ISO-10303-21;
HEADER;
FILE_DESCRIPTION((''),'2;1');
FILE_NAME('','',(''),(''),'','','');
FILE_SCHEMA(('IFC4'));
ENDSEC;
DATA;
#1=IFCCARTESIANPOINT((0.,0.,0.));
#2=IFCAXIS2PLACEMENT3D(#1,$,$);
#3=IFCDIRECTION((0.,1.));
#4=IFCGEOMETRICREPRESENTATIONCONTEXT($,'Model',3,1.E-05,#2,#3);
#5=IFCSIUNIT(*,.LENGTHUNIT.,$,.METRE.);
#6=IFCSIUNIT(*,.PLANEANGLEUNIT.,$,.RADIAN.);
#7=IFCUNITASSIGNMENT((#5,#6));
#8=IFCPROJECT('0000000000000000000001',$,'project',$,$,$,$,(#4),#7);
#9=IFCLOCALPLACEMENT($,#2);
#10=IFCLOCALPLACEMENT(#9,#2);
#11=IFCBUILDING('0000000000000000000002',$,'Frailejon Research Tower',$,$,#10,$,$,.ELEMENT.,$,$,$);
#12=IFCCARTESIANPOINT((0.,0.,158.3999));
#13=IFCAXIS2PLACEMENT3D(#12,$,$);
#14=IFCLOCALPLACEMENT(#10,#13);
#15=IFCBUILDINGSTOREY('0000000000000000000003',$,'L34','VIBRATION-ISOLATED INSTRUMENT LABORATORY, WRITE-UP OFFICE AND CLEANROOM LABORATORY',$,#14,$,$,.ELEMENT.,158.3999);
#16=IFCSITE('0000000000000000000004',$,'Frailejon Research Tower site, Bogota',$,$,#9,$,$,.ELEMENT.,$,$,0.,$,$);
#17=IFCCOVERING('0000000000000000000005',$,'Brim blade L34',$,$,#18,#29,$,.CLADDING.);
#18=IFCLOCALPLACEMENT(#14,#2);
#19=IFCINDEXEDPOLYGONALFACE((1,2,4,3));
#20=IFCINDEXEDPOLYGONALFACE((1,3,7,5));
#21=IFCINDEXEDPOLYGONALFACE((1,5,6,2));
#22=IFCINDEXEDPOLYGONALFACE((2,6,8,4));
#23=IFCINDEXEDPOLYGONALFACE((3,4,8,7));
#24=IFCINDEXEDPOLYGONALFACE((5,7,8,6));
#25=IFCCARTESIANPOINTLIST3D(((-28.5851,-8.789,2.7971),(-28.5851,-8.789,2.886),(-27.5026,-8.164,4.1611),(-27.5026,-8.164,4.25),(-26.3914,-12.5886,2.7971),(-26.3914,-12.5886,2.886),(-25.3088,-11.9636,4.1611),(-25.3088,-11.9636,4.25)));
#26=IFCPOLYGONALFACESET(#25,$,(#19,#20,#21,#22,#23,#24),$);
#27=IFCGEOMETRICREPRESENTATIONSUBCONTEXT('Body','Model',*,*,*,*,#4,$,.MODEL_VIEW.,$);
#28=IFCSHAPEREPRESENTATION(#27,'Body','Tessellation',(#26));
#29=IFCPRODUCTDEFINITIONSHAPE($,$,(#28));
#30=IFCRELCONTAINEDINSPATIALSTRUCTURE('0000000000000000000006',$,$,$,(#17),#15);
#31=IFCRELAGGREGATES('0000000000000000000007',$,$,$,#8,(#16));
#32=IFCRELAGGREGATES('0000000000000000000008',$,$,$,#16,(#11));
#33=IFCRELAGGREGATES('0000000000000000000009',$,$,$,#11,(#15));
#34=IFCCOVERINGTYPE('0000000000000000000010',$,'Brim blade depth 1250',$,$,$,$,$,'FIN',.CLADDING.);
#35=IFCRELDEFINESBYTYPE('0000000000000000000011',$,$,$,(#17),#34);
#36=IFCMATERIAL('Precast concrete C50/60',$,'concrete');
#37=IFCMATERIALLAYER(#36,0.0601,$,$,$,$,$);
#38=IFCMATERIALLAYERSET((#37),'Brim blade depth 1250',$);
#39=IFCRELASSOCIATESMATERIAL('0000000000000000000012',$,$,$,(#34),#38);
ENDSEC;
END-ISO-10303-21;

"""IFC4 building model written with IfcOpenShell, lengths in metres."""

from ifc_helpers import new_model, si_unit, direction, frame, origin, place, context, subcontext, project, spatial, polyline, outline, extrude, material, layer, layer_set, type_object, element, save


model = new_model("IFC4")

# Units and contexts
model_context = context("Model", 3, precision=1e-05, world=origin(), true_north=direction((0.0, 1.0)))
body_context = subcontext(model_context, "Body", "Model", "MODEL_VIEW")
ifc_project = project(units=[si_unit("LENGTHUNIT", "METRE"), si_unit("PLANEANGLEUNIT", "RADIAN")], contexts=[model_context])

# Site, building, storey
site_placement = place(None, origin())
site = spatial("IfcSite", under=ifc_project, at=site_placement, Name="Frailejon Research Tower site, Bogota", CompositionType="ELEMENT", RefElevation=0.0)
building_placement = place(site_placement, origin())
building = spatial("IfcBuilding", under=site, at=building_placement, Name="Frailejon Research Tower", CompositionType="ELEMENT")
storey_placement = place(building_placement, frame((0.0, 0.0, 158.3999)))
storey = spatial("IfcBuildingStorey", under=building, at=storey_placement, Name="L34", Description="VIBRATION-ISOLATED INSTRUMENT LABORATORY, WRITE-UP OFFICE AND CLEANROOM LABORATORY", CompositionType="ELEMENT", Elevation=158.3999)

# Covering
ifc_material_1 = material(Name="Precast concrete C50/60", Category="concrete")
ifc_layer_1 = layer(ifc_material_1, 0.0601)
ifc_layer_set_1 = layer_set([ifc_layer_1], Name="Brim blade depth 1250")
covering_type = type_object("IfcCoveringType", Name="Brim blade depth 1250", ElementType="FIN", PredefinedType="CLADDING", material=ifc_layer_set_1)
covering_placement = place(storey_placement, frame((-25.3088, -11.9636, 4.25), z_axis=(-0.5, 0.866025, 0.0), x_axis=(-0.866025, -0.5, 0.0)))
element("IfcCovering", 1, at=covering_placement, inside=storey, type_object=covering_type, Name="Brim blade L34", PredefinedType="CLADDING", context=body_context, shape_type="SweptSolid", body=[
    extrude(outline(polyline([(0.0, -0.0889), (1.25, -1.4529), (1.25, -1.364), (0.0, 0.0), (0.0, -0.0889)])), origin(), (0.0, 0.0, 1.0), 4.3875),
])

save(model, "model.ifc")
